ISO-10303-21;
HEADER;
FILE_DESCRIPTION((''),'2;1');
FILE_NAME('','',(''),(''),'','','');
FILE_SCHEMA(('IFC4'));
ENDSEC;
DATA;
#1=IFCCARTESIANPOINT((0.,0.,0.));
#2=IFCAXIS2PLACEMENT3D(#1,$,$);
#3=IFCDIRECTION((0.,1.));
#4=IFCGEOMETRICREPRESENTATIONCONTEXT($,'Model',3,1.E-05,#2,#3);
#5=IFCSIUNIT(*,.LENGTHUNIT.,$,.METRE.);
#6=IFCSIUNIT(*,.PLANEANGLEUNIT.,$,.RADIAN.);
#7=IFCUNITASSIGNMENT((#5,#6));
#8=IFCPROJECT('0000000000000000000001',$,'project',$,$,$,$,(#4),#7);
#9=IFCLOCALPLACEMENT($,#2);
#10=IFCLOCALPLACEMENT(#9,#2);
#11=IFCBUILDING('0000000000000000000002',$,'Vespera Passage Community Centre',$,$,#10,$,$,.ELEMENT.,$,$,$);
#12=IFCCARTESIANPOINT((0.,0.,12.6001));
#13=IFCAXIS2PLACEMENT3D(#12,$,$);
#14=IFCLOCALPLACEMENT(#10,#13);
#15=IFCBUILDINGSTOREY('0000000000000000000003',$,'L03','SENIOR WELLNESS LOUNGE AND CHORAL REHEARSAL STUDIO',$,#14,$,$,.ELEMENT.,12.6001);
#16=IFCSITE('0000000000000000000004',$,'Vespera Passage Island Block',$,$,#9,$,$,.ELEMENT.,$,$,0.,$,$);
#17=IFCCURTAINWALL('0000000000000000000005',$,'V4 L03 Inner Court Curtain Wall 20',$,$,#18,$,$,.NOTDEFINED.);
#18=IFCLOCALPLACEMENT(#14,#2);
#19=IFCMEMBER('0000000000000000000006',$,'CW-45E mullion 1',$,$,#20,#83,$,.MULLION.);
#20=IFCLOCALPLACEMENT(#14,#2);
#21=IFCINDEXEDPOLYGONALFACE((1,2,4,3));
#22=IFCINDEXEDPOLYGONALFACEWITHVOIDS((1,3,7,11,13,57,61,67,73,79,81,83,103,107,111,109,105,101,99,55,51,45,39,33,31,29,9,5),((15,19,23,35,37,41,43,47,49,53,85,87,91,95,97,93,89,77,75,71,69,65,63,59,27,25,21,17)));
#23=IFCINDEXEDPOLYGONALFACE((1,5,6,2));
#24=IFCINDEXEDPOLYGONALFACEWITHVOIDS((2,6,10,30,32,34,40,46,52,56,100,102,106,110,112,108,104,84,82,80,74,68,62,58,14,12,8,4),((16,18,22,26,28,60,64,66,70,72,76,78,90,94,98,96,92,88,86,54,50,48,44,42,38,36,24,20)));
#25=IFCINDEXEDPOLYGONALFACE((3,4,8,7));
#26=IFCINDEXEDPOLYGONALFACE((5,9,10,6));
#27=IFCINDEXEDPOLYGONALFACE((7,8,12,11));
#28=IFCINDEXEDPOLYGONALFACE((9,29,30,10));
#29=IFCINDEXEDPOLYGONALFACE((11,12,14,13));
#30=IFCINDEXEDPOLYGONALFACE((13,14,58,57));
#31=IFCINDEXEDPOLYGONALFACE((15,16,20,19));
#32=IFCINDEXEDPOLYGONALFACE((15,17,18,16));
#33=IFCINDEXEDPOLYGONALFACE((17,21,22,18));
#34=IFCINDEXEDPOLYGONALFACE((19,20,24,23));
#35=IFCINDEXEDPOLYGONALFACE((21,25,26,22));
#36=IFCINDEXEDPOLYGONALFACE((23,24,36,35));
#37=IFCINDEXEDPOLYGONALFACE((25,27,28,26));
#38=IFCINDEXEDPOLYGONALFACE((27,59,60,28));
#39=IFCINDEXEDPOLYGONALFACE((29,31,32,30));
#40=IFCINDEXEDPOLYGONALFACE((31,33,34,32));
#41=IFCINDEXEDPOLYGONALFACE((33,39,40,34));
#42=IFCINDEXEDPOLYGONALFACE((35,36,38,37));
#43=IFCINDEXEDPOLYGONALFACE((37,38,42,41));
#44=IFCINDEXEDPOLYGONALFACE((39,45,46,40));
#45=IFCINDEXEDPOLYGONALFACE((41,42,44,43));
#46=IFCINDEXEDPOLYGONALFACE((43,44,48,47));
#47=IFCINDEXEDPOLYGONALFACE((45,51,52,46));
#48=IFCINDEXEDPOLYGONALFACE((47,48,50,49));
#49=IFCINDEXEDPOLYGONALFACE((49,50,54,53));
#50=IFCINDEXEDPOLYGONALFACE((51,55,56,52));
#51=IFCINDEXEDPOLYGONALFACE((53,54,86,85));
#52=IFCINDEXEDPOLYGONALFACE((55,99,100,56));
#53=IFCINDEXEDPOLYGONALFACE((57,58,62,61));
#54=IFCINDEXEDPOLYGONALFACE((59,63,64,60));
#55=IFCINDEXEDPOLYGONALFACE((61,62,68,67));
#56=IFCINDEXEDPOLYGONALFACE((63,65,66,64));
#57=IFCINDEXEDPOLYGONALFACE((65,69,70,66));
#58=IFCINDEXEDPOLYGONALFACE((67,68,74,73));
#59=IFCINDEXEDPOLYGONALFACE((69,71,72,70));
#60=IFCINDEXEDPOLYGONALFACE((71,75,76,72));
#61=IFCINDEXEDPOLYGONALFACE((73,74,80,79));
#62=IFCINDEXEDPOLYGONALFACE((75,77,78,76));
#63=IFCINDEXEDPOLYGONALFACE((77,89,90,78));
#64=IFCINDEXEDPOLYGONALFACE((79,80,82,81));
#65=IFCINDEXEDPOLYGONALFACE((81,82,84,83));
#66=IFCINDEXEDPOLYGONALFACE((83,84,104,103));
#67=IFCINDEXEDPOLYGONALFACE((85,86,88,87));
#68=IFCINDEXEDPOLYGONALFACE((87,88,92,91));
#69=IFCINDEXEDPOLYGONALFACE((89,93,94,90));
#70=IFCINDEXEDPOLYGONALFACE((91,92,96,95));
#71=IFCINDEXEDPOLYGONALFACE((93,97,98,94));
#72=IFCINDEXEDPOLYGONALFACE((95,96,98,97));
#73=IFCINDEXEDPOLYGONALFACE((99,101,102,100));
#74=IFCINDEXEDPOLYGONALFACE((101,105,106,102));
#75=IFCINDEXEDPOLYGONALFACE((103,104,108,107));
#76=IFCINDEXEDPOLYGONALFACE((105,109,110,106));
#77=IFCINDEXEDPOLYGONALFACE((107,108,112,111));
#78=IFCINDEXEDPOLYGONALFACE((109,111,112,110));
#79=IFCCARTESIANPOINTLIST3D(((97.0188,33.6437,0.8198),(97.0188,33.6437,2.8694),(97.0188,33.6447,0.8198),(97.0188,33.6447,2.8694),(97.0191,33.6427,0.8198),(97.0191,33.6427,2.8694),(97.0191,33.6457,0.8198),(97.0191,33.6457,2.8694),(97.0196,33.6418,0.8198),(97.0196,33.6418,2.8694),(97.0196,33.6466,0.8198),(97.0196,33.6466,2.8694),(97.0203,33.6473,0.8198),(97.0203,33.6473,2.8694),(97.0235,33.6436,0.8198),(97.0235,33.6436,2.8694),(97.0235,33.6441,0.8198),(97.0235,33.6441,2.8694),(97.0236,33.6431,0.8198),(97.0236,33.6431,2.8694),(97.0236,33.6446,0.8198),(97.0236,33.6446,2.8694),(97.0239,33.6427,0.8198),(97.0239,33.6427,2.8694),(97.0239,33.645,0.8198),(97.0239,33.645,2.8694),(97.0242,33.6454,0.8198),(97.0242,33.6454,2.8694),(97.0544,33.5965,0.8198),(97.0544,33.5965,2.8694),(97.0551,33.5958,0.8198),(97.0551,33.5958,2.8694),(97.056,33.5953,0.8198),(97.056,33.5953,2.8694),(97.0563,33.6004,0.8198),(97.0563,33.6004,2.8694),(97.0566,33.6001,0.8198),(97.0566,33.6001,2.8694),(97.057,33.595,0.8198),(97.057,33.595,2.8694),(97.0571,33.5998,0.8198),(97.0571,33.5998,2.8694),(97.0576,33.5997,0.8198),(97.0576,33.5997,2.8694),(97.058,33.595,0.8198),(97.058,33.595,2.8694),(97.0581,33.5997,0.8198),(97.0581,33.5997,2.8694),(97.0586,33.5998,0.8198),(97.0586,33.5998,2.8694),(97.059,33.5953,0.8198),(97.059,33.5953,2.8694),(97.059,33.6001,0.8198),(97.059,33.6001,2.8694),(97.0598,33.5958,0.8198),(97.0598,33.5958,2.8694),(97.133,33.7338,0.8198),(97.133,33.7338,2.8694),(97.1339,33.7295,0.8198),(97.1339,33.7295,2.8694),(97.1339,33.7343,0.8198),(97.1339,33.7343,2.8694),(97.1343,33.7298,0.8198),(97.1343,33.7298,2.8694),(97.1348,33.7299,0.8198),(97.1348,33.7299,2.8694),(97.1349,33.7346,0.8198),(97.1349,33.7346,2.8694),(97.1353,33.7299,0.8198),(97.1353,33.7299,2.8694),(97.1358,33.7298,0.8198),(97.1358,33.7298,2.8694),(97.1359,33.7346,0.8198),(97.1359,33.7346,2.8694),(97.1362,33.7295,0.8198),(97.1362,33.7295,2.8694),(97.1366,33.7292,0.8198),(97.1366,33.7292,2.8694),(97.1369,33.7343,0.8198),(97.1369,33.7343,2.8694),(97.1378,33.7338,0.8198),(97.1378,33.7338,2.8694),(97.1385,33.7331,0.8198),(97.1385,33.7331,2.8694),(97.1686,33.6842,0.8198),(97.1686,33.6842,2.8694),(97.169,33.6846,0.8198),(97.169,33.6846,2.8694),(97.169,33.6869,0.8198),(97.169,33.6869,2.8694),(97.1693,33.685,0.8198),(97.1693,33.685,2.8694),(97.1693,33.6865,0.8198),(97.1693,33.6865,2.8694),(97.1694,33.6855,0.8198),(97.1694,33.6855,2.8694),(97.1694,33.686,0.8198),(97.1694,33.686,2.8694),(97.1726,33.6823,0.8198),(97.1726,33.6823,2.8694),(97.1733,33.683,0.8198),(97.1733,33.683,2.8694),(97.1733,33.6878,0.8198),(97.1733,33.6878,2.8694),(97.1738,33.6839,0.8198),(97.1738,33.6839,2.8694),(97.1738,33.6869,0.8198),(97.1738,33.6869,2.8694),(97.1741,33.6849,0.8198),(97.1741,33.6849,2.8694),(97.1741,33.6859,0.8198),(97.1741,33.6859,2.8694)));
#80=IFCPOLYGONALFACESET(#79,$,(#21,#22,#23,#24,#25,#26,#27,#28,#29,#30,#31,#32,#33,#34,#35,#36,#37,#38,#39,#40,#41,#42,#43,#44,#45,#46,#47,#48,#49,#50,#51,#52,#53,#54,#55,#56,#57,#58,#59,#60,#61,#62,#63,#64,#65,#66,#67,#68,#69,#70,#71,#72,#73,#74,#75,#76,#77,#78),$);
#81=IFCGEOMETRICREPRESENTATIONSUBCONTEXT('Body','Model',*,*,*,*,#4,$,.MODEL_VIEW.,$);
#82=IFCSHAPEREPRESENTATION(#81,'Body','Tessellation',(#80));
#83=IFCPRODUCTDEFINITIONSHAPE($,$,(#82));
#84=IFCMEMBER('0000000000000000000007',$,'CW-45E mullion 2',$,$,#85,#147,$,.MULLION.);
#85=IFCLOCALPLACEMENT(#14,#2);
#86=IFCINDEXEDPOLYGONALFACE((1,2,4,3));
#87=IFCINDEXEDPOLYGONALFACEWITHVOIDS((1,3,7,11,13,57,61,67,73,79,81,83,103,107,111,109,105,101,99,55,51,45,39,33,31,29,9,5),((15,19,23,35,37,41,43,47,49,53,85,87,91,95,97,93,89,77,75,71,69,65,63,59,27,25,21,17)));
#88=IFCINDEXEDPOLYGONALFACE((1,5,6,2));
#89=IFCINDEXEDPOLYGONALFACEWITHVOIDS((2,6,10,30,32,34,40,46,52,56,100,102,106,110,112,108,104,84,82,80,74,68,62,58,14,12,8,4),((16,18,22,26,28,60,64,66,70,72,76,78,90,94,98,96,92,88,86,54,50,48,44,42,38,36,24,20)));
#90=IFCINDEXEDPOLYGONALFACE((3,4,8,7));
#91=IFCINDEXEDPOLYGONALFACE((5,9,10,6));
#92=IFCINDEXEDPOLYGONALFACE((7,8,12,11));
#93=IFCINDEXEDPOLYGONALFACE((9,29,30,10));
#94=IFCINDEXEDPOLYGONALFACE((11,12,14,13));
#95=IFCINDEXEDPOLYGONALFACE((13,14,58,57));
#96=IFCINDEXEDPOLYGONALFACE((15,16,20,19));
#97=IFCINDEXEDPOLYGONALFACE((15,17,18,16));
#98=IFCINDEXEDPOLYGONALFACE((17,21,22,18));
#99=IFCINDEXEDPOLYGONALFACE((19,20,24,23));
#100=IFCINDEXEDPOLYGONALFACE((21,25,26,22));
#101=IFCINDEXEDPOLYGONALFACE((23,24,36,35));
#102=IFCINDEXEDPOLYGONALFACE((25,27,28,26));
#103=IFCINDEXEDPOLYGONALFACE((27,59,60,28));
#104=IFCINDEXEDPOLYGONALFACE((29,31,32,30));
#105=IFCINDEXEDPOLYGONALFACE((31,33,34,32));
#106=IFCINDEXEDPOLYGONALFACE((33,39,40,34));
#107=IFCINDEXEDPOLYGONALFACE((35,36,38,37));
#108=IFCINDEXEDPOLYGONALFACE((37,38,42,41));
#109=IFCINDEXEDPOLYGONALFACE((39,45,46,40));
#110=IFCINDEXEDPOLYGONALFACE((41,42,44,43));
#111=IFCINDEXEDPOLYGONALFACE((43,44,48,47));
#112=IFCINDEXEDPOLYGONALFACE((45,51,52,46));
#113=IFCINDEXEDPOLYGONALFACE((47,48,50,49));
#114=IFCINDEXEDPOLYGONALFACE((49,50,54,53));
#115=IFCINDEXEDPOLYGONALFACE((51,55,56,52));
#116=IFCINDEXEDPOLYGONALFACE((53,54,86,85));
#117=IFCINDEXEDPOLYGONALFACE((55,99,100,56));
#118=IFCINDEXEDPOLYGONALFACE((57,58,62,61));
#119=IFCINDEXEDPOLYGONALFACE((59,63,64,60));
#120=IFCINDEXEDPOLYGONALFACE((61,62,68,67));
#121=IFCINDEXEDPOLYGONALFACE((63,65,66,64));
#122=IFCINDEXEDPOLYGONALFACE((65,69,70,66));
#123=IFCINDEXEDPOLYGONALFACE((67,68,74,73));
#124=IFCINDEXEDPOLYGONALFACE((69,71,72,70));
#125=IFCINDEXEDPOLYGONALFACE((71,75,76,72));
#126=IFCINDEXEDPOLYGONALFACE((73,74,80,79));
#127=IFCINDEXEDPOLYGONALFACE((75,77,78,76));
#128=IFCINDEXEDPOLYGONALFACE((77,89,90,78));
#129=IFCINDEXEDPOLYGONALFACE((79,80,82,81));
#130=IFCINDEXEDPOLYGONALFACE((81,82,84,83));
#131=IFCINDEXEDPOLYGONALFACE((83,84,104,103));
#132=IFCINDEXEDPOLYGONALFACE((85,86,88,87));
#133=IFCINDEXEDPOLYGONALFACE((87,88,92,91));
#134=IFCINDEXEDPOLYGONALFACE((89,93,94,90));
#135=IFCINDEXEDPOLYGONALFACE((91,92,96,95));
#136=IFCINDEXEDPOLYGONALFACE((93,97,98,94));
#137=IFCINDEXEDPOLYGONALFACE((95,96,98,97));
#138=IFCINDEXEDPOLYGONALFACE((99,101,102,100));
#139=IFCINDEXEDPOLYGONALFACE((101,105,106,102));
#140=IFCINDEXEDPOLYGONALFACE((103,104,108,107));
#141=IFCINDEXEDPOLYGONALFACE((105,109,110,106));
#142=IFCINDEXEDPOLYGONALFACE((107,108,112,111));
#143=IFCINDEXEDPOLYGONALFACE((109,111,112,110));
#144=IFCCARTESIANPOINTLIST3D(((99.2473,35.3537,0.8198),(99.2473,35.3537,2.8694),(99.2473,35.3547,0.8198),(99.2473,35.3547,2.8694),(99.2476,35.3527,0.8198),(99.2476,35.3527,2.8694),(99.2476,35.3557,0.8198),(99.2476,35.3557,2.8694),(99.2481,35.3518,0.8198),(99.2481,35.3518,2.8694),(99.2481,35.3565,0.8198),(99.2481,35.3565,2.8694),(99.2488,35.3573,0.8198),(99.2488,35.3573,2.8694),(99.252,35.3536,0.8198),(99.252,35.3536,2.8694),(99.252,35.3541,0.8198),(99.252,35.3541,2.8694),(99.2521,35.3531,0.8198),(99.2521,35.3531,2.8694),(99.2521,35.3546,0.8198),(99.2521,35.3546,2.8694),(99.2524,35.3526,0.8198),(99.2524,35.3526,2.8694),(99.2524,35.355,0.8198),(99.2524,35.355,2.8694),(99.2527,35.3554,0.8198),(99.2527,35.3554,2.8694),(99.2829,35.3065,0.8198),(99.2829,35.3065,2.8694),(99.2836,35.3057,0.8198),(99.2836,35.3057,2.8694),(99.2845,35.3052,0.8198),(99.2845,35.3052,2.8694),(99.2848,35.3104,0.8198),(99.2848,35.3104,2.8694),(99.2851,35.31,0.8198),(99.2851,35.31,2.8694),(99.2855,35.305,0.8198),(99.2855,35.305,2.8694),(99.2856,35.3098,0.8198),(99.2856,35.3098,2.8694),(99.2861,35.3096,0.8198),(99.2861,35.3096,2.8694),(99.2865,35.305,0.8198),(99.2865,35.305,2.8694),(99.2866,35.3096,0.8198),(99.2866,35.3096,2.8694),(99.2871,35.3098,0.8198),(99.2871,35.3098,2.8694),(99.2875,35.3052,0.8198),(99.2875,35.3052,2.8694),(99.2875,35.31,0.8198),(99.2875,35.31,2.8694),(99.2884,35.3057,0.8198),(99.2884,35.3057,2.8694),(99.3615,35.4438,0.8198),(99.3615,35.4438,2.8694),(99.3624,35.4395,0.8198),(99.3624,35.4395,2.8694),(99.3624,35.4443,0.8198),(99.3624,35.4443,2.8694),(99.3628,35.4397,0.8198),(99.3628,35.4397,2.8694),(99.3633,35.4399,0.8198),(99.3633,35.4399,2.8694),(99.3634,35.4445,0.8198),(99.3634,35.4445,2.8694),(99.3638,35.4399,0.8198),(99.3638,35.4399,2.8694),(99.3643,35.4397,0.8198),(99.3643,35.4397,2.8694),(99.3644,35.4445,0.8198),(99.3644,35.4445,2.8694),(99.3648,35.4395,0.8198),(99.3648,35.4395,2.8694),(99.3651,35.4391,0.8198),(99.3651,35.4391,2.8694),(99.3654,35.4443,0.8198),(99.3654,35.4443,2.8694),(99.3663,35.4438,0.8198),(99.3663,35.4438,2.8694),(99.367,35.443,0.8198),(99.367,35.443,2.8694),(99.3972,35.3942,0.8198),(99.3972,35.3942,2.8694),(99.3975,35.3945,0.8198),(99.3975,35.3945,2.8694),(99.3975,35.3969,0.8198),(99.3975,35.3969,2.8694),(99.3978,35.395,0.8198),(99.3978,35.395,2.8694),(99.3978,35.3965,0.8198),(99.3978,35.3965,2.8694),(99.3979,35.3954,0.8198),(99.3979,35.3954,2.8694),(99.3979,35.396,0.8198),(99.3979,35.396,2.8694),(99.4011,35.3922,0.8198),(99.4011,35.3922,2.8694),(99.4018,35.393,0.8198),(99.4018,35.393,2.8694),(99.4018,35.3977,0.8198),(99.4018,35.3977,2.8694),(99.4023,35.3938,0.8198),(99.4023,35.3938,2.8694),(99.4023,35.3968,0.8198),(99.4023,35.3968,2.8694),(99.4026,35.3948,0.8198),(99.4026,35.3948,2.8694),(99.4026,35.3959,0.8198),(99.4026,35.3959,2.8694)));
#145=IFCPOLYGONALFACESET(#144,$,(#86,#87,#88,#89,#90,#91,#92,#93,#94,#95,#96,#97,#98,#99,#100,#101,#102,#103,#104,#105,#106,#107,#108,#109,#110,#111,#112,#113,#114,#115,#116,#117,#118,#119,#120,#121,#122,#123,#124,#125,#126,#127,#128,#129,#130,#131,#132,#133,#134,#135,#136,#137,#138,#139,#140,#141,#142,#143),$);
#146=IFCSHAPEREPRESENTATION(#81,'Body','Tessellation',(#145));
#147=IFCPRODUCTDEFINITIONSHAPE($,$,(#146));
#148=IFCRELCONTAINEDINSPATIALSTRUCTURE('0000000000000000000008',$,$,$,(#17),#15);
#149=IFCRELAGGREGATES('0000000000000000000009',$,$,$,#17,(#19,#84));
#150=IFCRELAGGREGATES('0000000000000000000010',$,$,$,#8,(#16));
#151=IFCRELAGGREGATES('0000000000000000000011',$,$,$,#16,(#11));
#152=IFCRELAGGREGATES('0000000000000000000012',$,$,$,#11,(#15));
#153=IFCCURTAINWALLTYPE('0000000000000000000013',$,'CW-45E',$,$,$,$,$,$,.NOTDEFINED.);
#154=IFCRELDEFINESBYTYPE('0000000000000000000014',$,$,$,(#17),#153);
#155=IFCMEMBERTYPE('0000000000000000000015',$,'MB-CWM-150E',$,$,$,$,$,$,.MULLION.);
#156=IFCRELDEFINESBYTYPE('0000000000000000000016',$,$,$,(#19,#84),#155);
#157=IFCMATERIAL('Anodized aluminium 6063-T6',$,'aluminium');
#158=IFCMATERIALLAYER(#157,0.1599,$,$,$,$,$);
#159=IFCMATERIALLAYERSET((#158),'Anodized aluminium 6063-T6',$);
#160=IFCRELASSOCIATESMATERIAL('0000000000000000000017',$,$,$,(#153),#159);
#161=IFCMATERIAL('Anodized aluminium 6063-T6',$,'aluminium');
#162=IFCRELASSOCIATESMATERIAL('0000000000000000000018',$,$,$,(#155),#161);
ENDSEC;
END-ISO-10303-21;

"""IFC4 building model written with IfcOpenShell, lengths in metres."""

from ifc_helpers import new_model, si_unit, direction, frame, origin, origin_2d, place, context, subcontext, project, spatial, hollow_rectangle, extrude, material, layer, layer_set, material_profile, profile_set, type_object, element, aggregate, save


model = new_model("IFC4")

# Units and contexts
model_context = context("Model", 3, precision=1e-05, world=origin(), true_north=direction((0.0, 1.0)))
body_context = subcontext(model_context, "Body", "Model", "MODEL_VIEW")
ifc_project = project(units=[si_unit("LENGTHUNIT", "METRE"), si_unit("PLANEANGLEUNIT", "RADIAN")], contexts=[model_context])

# Site, building, storey
site_placement = place(None, origin())
site = spatial("IfcSite", under=ifc_project, at=site_placement, Name="Vespera Passage Island Block", CompositionType="ELEMENT", RefElevation=0.0)
building_placement = place(site_placement, origin())
building = spatial("IfcBuilding", under=site, at=building_placement, Name="Vespera Passage Community Centre", CompositionType="ELEMENT")
storey_placement = place(building_placement, frame((0.0, 0.0, 12.6001)))
storey = spatial("IfcBuildingStorey", under=building, at=storey_placement, Name="L03", Description="SENIOR WELLNESS LOUNGE AND CHORAL REHEARSAL STUDIO", CompositionType="ELEMENT", Elevation=12.6001)

# Curtain wall, members
ifc_material_1 = material(Name="Anodized aluminium 6063-T6", Category="aluminium")
ifc_layer_1 = layer(ifc_material_1, 0.1599)
ifc_layer_set_1 = layer_set([ifc_layer_1], Name="Anodized aluminium 6063-T6")
curtain_wall_type = type_object("IfcCurtainWallType", Name="CW-45E", PredefinedType="NOTDEFINED", material=ifc_layer_set_1)
curtain_wall_placement = place(storey_placement, origin())
curtain_wall = element("IfcCurtainWall", 1, at=curtain_wall_placement, inside=storey, type_object=curtain_wall_type, Name="V4 L03 Inner Court Curtain Wall 20", PredefinedType="NOTDEFINED")
ifc_material_2 = material(Name="Anodized aluminium 6063-T6", Category="aluminium")
ifc_material_profile_1 = material_profile(ifc_material_2, hollow_rectangle(XDim=0.0649, YDim=0.1499, WallThickness=0.0039, InnerFilletRadius=0.002, OuterFilletRadius=0.0039, at=origin_2d()), Name="ALU150X65X4")
ifc_profile_set_1 = profile_set([ifc_material_profile_1], Name="Anodized aluminium 6063-T6")
member_type_1 = type_object("IfcMemberType", Name="MB-CWM-150E", PredefinedType="MULLION", material=ifc_profile_set_1)
member_1_placement = place(storey_placement, frame((97.0964, 33.6648, 0.8198), z_axis=(0.0, 0.0, 1.0), x_axis=(-0.608755, 0.793358, 0.0)))
member_1 = element("IfcMember", 2, at=member_1_placement, type_object=member_type_1, Name="CW-45E mullion 1", PredefinedType="MULLION", context=body_context, shape_type="SweptSolid", body=[
    extrude(hollow_rectangle(XDim=0.0649, YDim=0.1499, WallThickness=0.0039, InnerFilletRadius=0.002, OuterFilletRadius=0.0039, at=origin_2d()), origin(), (0.0, 0.0, 1.0), 2.0496),
])
member_2_placement = place(storey_placement, frame((99.325, 35.3748, 0.8198), z_axis=(0.0, 0.0, 1.0), x_axis=(-0.608755, 0.793358, 0.0)))
member_2 = element("IfcMember", 3, at=member_2_placement, type_object=member_type_1, Name="CW-45E mullion 2", PredefinedType="MULLION", context=body_context, shape_type="SweptSolid", body=[
    extrude(hollow_rectangle(XDim=0.0649, YDim=0.1499, WallThickness=0.0039, InnerFilletRadius=0.002, OuterFilletRadius=0.0039, at=origin_2d()), origin(), (0.0, 0.0, 1.0), 2.0496),
])
aggregate(curtain_wall, [member_1, member_2])

save(model, "model.ifc")
